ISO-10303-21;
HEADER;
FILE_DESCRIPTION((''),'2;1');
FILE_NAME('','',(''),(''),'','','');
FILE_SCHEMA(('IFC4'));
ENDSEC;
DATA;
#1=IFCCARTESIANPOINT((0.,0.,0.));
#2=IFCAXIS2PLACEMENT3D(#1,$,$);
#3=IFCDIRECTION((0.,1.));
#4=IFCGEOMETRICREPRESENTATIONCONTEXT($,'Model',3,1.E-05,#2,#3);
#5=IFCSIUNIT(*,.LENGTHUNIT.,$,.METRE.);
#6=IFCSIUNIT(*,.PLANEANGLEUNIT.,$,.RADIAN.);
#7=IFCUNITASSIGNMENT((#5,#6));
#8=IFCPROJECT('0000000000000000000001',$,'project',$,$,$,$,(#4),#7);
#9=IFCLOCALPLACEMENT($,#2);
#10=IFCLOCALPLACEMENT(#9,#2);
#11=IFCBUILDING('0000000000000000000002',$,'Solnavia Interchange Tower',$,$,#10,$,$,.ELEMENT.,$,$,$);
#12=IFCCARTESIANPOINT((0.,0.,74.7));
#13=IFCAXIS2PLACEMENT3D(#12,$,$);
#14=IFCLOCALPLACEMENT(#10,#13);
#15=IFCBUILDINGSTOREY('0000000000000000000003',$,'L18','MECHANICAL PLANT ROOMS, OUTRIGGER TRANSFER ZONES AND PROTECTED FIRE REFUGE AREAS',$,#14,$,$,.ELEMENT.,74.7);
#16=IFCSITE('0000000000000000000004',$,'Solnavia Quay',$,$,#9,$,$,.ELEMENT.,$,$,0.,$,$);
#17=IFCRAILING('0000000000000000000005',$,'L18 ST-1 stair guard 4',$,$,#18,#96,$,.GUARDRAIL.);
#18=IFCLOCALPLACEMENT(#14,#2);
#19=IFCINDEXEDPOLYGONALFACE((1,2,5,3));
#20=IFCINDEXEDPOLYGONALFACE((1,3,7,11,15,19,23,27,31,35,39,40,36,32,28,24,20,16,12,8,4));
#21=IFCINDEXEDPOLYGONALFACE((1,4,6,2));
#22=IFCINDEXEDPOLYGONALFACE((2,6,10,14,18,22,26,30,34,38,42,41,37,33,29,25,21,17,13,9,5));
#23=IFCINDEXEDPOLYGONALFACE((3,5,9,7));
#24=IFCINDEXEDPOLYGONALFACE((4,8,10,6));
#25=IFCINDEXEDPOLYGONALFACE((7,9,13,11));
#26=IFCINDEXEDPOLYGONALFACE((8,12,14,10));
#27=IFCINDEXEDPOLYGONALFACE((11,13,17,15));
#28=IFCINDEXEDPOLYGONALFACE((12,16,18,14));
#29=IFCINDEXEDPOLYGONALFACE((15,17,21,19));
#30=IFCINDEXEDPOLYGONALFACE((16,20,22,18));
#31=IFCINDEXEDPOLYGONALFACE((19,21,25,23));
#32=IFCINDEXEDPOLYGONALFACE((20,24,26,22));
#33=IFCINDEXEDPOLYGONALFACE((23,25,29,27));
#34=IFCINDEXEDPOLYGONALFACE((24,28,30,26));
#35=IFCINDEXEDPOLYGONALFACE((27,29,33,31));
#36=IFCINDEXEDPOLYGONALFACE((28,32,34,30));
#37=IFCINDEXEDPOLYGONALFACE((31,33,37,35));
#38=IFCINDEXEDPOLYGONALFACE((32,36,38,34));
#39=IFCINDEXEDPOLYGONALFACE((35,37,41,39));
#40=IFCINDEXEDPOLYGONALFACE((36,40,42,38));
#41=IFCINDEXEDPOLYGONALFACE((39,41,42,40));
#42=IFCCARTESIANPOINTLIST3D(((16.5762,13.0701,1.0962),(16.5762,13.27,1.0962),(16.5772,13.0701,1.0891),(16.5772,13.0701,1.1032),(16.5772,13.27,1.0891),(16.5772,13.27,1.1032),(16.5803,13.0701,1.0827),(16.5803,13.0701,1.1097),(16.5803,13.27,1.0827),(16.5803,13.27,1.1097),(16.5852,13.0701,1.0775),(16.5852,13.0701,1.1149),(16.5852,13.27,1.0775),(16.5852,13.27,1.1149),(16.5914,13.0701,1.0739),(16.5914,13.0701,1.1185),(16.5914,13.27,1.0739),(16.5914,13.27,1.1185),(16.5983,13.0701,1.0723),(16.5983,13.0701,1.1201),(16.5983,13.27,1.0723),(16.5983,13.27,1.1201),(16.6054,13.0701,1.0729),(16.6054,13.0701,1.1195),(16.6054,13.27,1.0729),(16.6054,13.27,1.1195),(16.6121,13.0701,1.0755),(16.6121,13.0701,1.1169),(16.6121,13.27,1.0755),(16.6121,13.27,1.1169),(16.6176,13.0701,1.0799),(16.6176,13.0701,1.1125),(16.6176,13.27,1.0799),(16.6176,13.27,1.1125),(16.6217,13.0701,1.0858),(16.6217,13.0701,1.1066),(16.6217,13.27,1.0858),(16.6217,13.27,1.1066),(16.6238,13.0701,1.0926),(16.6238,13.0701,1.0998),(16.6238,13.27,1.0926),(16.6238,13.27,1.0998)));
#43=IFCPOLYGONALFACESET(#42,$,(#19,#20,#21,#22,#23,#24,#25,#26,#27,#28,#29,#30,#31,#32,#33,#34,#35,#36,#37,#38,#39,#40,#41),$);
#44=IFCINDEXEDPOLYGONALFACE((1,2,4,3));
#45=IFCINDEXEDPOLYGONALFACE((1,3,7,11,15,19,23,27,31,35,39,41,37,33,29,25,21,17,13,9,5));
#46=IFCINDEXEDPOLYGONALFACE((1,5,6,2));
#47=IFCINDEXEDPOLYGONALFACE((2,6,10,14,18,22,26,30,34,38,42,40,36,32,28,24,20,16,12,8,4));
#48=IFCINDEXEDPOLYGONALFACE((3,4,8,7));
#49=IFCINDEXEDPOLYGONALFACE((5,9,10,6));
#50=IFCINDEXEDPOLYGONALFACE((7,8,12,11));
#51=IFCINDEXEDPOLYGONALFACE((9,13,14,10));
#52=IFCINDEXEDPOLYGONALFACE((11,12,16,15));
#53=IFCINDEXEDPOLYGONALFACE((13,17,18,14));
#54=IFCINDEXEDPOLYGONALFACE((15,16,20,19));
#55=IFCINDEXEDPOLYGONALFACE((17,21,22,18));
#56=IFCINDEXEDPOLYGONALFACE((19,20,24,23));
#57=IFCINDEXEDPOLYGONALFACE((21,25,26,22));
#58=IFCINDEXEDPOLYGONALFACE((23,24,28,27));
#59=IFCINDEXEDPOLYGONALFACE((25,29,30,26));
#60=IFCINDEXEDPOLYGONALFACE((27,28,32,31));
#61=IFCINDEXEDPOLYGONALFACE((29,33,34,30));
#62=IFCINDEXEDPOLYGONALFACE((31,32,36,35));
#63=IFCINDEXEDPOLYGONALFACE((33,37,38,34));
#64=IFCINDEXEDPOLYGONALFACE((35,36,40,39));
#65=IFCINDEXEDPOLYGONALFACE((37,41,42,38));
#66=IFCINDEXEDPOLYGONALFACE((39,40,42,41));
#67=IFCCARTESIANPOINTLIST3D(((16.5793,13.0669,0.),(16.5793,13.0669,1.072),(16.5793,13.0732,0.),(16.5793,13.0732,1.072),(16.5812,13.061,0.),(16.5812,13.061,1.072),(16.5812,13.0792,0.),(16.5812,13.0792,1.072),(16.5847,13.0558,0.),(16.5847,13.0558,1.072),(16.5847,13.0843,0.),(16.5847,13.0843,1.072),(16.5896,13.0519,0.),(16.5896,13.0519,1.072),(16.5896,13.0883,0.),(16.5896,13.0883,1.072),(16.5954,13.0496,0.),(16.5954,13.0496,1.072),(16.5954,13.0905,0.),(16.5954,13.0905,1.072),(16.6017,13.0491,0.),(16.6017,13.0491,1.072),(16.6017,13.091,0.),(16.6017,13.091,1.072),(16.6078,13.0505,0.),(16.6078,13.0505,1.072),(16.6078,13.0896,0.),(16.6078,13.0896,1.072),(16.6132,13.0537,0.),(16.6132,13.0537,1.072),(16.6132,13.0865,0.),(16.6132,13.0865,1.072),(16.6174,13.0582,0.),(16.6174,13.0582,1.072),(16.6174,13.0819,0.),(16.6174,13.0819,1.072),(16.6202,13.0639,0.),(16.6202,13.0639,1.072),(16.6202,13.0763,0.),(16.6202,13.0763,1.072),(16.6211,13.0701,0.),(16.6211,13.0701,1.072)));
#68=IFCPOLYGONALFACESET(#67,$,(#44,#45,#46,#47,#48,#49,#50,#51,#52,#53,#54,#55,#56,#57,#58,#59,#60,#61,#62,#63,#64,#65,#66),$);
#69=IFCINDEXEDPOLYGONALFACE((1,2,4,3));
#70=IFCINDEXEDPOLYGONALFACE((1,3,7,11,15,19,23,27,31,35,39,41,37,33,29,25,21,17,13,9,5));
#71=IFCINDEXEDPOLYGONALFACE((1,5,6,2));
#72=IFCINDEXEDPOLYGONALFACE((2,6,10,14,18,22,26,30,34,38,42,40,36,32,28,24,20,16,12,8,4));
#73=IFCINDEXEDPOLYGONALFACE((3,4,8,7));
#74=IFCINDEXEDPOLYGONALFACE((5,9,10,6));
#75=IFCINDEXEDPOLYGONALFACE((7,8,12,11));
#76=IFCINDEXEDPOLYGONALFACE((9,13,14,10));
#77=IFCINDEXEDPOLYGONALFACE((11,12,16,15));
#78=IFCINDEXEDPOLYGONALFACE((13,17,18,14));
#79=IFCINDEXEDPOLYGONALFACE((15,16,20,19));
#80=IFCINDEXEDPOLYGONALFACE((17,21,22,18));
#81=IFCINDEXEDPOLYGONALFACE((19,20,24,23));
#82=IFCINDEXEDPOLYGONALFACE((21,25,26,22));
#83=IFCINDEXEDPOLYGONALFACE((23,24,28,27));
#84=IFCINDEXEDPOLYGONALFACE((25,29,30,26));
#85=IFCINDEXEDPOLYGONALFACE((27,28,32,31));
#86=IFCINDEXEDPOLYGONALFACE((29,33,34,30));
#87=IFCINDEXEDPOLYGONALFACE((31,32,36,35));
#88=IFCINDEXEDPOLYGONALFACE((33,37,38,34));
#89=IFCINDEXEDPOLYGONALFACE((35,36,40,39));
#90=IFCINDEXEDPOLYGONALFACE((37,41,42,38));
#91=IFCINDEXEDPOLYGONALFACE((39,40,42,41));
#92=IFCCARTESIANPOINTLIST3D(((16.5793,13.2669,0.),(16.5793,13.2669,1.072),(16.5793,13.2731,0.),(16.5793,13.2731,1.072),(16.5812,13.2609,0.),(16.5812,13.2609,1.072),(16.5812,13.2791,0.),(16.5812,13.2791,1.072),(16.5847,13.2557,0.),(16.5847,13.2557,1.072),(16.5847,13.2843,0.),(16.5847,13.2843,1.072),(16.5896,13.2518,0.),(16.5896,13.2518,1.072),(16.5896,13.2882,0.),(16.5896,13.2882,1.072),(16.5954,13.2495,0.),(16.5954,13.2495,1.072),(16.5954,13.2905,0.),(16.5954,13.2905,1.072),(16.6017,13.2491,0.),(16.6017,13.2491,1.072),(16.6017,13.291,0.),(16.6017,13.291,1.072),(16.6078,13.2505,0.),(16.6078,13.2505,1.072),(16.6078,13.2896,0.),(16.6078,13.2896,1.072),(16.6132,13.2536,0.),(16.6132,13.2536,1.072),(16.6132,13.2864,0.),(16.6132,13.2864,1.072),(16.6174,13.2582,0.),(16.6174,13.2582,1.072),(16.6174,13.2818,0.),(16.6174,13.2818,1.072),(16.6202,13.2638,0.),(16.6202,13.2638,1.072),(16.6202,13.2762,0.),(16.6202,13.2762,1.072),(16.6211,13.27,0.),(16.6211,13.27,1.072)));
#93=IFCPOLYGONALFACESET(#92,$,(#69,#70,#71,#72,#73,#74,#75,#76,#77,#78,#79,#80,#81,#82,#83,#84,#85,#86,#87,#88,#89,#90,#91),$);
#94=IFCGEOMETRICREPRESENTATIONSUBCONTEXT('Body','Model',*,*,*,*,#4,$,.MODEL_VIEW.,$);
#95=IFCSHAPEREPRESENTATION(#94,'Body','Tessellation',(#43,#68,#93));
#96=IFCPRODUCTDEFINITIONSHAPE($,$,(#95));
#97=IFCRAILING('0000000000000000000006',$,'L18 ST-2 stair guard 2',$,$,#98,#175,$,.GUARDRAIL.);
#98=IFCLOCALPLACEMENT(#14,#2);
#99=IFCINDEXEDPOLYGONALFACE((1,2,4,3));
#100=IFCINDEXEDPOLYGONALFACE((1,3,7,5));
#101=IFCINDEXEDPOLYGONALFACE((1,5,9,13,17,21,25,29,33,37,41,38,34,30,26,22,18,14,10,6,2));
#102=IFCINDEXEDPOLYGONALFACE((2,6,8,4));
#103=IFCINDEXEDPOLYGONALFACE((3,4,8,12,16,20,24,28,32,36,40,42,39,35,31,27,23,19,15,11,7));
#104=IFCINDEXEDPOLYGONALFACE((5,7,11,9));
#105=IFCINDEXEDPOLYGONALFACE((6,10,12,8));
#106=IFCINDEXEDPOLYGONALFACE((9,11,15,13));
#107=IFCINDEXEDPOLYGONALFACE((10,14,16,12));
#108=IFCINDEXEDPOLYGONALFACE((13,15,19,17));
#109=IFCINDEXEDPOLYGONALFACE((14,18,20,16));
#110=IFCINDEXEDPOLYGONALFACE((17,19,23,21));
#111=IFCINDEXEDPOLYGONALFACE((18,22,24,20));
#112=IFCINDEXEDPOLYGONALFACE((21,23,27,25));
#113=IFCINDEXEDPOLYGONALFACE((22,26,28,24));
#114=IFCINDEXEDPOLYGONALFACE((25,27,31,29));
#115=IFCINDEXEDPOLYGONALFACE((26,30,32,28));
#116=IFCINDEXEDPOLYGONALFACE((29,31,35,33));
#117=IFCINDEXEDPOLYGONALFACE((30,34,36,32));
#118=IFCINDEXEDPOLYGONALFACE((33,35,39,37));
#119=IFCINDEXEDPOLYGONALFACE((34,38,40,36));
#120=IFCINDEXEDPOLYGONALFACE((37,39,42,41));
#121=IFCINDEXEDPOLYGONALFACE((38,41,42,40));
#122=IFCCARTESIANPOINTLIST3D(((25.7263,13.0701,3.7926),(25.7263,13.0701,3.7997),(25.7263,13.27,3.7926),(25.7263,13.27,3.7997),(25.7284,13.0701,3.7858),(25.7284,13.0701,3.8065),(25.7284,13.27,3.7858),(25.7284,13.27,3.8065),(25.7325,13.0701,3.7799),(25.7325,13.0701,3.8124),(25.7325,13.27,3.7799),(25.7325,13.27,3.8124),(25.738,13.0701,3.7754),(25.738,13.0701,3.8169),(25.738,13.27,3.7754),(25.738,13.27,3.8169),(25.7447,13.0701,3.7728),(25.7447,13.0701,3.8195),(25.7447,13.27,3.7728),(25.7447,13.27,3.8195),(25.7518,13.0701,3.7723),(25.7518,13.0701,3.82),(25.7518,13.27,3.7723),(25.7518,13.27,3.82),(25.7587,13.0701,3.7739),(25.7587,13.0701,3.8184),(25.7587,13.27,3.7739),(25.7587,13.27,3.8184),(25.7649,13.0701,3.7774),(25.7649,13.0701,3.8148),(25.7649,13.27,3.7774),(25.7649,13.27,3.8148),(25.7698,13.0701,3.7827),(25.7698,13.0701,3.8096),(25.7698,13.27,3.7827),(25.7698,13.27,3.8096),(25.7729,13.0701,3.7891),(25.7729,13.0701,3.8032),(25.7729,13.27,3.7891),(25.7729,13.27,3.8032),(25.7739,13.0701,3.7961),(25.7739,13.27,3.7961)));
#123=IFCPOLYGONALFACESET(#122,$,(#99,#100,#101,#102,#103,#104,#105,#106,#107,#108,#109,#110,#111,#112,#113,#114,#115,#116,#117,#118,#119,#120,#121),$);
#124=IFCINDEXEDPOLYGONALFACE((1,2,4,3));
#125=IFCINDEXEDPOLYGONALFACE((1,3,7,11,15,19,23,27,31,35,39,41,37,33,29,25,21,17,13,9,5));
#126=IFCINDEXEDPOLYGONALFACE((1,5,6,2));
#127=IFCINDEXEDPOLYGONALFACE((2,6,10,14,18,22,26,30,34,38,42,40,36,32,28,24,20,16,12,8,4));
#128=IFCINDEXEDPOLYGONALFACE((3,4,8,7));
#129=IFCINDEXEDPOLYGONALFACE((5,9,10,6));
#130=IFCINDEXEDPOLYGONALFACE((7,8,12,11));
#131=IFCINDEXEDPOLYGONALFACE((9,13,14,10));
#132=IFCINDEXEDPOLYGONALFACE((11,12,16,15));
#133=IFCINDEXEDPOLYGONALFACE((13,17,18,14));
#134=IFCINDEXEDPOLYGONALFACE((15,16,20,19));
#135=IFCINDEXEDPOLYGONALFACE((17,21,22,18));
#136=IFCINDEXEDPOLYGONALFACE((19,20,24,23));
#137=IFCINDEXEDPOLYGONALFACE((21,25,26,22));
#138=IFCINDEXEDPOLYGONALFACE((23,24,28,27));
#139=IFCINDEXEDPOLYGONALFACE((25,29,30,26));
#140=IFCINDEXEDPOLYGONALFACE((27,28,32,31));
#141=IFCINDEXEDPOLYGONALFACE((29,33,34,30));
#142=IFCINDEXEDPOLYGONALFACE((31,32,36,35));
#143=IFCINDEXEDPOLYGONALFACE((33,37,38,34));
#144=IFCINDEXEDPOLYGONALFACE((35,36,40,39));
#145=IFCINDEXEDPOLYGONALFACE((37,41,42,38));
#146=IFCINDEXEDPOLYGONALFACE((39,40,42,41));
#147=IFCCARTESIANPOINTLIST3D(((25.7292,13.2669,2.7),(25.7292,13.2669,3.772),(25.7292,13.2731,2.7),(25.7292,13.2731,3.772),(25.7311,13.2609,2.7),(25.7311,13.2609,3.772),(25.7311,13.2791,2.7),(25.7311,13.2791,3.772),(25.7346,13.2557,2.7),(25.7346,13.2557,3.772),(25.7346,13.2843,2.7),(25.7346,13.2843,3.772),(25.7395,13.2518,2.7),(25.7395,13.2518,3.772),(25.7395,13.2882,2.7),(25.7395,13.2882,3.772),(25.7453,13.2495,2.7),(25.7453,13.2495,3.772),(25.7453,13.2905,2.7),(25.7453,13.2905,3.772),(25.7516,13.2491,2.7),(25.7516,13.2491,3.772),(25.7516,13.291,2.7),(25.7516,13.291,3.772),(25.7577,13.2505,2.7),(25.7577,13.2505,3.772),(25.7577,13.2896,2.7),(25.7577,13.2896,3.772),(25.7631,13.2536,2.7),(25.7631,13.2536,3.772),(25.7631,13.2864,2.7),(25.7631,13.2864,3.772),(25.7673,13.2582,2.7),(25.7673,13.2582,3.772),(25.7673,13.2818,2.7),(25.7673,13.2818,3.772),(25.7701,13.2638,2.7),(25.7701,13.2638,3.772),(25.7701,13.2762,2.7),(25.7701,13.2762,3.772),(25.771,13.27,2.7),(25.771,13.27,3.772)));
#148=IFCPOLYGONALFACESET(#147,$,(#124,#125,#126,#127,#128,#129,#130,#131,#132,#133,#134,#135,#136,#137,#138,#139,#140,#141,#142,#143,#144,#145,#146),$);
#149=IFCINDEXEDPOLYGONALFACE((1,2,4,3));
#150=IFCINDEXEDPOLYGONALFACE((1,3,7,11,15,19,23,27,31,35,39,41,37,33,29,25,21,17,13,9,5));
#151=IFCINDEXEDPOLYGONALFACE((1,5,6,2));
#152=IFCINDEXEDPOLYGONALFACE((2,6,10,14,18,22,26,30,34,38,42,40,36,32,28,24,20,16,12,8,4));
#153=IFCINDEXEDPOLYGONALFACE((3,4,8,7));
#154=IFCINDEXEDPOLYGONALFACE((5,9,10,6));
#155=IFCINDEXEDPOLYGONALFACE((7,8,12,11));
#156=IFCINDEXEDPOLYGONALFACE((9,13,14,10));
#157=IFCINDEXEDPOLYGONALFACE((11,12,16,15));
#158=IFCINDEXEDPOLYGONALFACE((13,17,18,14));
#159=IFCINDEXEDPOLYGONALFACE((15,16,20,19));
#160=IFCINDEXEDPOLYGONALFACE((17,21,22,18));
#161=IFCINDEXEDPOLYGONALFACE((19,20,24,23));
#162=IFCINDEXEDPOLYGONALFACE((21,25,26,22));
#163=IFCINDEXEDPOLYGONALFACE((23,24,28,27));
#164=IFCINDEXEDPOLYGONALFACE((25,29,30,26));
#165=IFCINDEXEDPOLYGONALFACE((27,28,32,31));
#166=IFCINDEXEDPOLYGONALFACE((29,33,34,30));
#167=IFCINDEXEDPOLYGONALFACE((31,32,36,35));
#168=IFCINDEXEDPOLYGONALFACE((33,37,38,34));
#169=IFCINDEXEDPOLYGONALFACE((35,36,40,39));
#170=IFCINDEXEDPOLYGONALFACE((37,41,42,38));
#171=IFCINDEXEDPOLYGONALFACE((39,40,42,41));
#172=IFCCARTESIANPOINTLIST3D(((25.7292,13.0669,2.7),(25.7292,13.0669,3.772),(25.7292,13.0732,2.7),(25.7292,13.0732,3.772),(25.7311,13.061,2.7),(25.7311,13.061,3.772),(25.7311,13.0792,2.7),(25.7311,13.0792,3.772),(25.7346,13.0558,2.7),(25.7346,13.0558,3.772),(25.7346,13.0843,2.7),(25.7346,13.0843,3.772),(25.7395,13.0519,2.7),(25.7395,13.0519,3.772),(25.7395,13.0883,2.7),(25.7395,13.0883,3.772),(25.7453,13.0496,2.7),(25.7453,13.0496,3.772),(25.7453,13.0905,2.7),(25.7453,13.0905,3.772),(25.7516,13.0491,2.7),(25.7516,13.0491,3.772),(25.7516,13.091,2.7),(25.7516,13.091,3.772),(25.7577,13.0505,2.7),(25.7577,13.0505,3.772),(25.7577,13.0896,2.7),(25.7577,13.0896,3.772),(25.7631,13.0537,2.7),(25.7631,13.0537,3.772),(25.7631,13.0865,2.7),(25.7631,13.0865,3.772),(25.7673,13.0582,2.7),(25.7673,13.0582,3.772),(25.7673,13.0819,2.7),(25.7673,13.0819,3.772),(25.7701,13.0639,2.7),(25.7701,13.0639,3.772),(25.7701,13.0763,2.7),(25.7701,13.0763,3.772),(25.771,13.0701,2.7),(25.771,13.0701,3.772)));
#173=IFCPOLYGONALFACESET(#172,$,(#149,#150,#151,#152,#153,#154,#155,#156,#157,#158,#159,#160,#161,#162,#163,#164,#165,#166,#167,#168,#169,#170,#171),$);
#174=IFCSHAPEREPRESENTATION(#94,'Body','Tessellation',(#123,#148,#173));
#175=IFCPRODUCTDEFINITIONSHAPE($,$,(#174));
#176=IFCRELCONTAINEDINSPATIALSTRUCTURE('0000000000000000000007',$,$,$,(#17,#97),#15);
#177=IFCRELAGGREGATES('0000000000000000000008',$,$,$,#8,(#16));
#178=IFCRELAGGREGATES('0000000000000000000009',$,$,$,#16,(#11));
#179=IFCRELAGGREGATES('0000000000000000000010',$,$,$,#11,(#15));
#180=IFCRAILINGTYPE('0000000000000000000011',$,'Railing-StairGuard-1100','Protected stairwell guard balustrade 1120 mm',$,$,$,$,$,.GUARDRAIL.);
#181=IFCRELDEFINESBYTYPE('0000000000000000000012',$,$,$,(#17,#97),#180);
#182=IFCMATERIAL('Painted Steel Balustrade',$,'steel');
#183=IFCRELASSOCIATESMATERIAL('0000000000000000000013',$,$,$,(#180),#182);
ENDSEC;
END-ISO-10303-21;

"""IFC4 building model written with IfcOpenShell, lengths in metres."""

from ifc_helpers import new_model, si_unit, direction, frame, origin, origin_2d, place, context, subcontext, project, spatial, circle, extrude, material, type_object, element, save


model = new_model("IFC4")

# Units and contexts
model_context = context("Model", 3, precision=1e-05, world=origin(), true_north=direction((0.0, 1.0)))
body_context = subcontext(model_context, "Body", "Model", "MODEL_VIEW")
ifc_project = project(units=[si_unit("LENGTHUNIT", "METRE"), si_unit("PLANEANGLEUNIT", "RADIAN")], contexts=[model_context])

# Site, building, storey
site_placement = place(None, origin())
site = spatial("IfcSite", under=ifc_project, at=site_placement, Name="Solnavia Quay", CompositionType="ELEMENT", RefElevation=0.0)
building_placement = place(site_placement, origin())
building = spatial("IfcBuilding", under=site, at=building_placement, Name="Solnavia Interchange Tower", CompositionType="ELEMENT")
storey_placement = place(building_placement, frame((0.0, 0.0, 74.7)))
storey = spatial("IfcBuildingStorey", under=building, at=storey_placement, Name="L18", Description="MECHANICAL PLANT ROOMS, OUTRIGGER TRANSFER ZONES AND PROTECTED FIRE REFUGE AREAS", CompositionType="ELEMENT", Elevation=74.7)

# Railings
ifc_material_1 = material(Name="Painted Steel Balustrade", Category="steel")
railing_type_1 = type_object("IfcRailingType", Name="Railing-StairGuard-1100", Description="Protected stairwell guard balustrade 1120 mm", PredefinedType="GUARDRAIL", material=ifc_material_1)
railing_1_placement = place(storey_placement, frame((16.6001, 13.0701, 0.0)))
element("IfcRailing", 1, at=railing_1_placement, inside=storey, type_object=railing_type_1, Name="L18 ST-1 stair guard 4", PredefinedType="GUARDRAIL", context=body_context, shape_type="SweptSolid", body=[
    extrude(circle(Radius=0.0239, at=origin_2d()), frame((0.0, 0.0, 1.0962), z_axis=(0.0, 1.0, 0.0), x_axis=(-1.0, 0.0, 0.0)), (0.0, 0.0, 1.0), 0.2),
    extrude(circle(Radius=0.021, at=origin_2d()), origin(), (0.0, 0.0, 1.0), 1.072),
    extrude(circle(Radius=0.021, at=origin_2d()), frame((0.0, 0.2, 0.0)), (0.0, 0.0, 1.0), 1.072),
])
railing_2_placement = place(storey_placement, frame((25.75, 13.27, 2.7)))
element("IfcRailing", 2, at=railing_2_placement, inside=storey, type_object=railing_type_1, Name="L18 ST-2 stair guard 2", PredefinedType="GUARDRAIL", context=body_context, shape_type="SweptSolid", body=[
    extrude(circle(Radius=0.0239, at=origin_2d()), frame((0.0, 0.0, 1.0962), z_axis=(0.0, -1.0, 0.0), x_axis=(1.0, 0.0, 0.0)), (0.0, 0.0, 1.0), 0.2),
    extrude(circle(Radius=0.021, at=origin_2d()), origin(), (0.0, 0.0, 1.0), 1.072),
    extrude(circle(Radius=0.021, at=origin_2d()), frame((0.0, -0.2, 0.0)), (0.0, 0.0, 1.0), 1.072),
])

save(model, "model.ifc")
